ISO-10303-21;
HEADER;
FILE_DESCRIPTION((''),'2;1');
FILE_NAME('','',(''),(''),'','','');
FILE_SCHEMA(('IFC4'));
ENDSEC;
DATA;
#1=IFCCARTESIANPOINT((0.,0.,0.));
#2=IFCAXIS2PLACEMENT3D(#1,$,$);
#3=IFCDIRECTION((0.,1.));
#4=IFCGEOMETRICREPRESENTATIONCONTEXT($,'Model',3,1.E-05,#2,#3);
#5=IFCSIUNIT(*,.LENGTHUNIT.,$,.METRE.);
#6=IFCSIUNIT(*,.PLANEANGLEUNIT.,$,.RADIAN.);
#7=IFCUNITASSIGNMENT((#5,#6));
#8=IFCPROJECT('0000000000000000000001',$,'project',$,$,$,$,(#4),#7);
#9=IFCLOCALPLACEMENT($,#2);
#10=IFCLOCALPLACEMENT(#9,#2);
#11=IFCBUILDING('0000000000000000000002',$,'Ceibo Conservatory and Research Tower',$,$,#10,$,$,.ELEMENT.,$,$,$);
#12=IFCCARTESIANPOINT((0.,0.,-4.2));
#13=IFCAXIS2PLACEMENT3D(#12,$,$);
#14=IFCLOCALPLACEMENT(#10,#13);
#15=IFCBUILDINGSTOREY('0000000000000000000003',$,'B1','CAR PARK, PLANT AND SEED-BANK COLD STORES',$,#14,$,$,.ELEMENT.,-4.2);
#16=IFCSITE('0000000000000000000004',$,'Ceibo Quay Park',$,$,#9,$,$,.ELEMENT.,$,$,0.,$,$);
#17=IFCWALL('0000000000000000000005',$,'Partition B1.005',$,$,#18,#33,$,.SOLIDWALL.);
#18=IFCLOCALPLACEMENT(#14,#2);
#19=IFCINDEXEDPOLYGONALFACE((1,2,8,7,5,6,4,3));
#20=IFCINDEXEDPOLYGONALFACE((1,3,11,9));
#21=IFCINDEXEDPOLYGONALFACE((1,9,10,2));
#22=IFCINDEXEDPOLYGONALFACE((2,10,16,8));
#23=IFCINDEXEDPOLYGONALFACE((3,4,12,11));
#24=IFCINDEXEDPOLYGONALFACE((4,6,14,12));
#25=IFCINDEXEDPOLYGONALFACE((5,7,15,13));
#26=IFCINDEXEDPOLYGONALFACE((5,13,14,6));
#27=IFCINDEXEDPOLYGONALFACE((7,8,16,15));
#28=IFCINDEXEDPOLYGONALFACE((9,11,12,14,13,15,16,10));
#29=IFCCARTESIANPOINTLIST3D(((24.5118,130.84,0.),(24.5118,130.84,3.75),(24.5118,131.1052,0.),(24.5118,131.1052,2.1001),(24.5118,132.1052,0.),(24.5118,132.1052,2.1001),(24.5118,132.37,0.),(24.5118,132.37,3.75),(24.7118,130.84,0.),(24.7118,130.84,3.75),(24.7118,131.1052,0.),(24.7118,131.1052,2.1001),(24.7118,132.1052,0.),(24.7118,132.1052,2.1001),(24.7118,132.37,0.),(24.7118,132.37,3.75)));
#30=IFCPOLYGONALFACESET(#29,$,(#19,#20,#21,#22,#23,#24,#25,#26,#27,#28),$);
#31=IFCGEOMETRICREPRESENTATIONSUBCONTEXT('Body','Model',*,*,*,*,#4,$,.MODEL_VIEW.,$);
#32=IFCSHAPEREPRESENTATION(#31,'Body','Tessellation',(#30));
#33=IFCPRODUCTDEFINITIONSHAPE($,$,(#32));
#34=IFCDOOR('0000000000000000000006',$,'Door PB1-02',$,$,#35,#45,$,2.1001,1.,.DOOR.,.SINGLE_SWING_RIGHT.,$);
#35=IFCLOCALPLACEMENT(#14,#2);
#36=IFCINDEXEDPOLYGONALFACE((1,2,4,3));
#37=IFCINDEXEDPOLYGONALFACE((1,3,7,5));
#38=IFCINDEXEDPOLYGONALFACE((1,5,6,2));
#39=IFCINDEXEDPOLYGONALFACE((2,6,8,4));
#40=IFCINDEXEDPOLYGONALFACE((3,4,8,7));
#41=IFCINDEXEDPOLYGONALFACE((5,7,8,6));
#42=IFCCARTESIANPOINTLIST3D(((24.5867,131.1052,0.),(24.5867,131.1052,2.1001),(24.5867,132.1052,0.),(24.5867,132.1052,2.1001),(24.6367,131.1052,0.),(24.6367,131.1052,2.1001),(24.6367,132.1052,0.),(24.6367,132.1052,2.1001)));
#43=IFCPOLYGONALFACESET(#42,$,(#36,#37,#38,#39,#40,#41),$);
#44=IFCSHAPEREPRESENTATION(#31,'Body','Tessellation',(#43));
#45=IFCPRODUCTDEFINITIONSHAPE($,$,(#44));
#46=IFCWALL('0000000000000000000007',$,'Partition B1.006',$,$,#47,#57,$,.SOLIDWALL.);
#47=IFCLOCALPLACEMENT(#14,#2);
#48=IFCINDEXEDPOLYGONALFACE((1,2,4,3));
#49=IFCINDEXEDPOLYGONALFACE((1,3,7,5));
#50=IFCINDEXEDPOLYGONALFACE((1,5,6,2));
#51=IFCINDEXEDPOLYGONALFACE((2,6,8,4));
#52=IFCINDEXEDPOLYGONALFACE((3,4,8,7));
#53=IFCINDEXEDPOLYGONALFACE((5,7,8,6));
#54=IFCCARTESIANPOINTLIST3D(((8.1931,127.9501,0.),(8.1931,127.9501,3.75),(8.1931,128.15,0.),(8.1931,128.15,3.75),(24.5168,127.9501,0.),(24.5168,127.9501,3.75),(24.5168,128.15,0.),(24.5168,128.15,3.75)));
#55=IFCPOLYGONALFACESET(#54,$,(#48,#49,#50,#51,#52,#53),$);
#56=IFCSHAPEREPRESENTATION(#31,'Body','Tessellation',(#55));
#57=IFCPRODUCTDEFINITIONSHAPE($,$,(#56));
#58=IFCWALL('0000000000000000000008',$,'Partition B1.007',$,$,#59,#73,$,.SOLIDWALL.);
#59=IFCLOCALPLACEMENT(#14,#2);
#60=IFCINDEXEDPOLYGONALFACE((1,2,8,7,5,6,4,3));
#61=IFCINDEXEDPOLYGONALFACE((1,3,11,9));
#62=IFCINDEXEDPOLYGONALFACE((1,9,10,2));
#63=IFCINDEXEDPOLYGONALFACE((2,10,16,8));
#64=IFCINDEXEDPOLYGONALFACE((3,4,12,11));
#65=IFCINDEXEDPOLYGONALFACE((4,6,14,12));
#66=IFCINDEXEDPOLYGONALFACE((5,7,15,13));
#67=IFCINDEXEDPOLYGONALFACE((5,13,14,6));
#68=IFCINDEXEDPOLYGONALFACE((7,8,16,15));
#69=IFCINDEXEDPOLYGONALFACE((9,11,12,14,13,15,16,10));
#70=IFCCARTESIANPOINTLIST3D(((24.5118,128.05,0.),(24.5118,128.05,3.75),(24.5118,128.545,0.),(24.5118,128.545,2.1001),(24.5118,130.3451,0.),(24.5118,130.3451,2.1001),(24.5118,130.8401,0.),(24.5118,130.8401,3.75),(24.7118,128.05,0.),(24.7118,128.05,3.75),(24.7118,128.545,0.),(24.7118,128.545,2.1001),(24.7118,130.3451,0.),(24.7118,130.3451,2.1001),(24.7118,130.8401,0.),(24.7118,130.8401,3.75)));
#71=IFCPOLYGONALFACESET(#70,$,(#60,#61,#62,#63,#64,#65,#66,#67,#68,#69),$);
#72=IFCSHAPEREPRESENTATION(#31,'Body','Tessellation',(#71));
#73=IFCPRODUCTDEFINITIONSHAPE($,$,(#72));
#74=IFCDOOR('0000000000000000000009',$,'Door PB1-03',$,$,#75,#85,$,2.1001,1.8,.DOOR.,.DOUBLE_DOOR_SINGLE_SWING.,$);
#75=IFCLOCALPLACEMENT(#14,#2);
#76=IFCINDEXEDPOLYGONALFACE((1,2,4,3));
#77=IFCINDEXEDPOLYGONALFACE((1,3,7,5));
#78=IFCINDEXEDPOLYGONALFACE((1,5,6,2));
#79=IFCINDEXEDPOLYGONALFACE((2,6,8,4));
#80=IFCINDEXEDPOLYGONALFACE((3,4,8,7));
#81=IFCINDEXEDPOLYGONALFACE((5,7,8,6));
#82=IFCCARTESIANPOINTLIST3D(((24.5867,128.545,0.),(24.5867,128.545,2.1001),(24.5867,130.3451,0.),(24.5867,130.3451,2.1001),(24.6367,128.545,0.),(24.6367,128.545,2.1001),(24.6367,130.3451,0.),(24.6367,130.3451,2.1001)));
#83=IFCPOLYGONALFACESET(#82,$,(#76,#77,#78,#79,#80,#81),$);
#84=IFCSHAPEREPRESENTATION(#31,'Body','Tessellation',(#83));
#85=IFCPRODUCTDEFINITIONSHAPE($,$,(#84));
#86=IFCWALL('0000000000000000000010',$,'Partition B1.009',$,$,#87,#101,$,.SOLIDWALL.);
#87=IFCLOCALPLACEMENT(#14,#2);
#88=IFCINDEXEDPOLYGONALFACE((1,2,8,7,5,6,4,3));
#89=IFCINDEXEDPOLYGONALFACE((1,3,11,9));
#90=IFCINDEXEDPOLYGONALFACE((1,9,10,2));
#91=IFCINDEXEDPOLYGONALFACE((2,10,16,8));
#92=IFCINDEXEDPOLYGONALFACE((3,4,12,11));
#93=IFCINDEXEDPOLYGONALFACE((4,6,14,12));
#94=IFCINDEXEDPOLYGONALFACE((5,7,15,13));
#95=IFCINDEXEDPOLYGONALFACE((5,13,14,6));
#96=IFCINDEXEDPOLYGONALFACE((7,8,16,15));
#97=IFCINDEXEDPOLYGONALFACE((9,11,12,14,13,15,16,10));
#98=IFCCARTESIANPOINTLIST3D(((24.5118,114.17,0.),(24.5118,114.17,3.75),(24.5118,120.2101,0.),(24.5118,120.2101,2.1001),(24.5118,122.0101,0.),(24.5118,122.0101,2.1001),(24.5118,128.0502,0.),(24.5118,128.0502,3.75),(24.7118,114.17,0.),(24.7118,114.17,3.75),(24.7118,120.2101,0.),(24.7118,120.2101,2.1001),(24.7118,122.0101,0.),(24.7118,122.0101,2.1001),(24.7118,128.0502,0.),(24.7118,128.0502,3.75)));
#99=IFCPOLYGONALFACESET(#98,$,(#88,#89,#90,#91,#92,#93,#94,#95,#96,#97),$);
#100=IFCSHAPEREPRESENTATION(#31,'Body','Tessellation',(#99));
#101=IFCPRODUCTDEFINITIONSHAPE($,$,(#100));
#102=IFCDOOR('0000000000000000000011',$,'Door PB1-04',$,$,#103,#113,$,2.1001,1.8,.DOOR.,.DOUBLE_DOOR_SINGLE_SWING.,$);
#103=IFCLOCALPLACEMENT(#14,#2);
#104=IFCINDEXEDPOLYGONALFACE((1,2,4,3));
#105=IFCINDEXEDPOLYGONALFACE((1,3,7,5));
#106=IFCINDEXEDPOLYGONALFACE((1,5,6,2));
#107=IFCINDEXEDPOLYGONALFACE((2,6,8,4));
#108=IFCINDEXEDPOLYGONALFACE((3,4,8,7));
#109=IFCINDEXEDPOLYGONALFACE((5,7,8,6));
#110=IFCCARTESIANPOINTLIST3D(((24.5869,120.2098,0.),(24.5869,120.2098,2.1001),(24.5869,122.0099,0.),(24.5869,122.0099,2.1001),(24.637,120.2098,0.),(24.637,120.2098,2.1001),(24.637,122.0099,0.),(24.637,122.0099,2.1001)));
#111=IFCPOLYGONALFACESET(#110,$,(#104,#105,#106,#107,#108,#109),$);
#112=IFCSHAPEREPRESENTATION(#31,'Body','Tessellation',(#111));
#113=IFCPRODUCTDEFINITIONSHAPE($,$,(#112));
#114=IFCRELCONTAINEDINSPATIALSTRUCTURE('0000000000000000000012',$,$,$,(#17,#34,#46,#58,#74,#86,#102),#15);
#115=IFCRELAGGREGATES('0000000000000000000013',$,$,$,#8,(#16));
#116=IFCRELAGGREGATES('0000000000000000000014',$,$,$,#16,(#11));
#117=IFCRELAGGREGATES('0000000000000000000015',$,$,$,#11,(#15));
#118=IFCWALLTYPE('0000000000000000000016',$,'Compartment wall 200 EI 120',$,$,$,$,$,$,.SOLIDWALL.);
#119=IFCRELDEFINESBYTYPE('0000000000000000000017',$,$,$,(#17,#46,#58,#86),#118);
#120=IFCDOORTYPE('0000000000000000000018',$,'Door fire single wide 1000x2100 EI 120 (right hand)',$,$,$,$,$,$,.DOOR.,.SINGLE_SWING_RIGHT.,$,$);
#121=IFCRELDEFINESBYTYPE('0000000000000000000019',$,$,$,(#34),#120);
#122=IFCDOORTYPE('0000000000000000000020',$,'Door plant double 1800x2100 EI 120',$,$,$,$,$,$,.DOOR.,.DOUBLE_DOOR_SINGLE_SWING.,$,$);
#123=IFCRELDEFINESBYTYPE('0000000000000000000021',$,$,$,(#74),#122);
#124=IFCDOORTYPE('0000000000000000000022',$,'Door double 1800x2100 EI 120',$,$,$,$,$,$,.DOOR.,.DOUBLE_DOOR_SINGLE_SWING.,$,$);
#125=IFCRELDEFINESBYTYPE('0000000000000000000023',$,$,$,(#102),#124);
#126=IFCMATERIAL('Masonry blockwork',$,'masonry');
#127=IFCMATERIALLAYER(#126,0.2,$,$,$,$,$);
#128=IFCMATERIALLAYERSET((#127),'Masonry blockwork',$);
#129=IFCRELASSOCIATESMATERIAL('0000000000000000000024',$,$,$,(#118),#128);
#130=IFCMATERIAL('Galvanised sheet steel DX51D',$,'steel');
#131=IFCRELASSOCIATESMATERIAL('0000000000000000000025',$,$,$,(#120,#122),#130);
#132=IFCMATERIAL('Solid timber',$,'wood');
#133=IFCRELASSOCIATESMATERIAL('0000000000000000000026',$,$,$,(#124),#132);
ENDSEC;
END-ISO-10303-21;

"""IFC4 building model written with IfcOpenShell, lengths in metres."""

from ifc_helpers import new_model, si_unit, direction, frame, frame_2d, origin, place, context, subcontext, project, spatial, rectangle, extrude, material, layer, layer_set, type_object, element, fill, save


model = new_model("IFC4")

# Units and contexts
model_context = context("Model", 3, precision=1e-05, world=origin(), true_north=direction((0.0, 1.0)))
body_context = subcontext(model_context, "Body", "Model", "MODEL_VIEW")
ifc_project = project(units=[si_unit("LENGTHUNIT", "METRE"), si_unit("PLANEANGLEUNIT", "RADIAN")], contexts=[model_context])

# Site, building, storey
site_placement = place(None, origin())
site = spatial("IfcSite", under=ifc_project, at=site_placement, Name="Ceibo Quay Park", CompositionType="ELEMENT", RefElevation=0.0)
building_placement = place(site_placement, origin())
building = spatial("IfcBuilding", under=site, at=building_placement, Name="Ceibo Conservatory and Research Tower", CompositionType="ELEMENT")
storey_placement = place(building_placement, frame((0.0, 0.0, -4.2)))
storey = spatial("IfcBuildingStorey", under=building, at=storey_placement, Name="B1", Description="CAR PARK, PLANT AND SEED-BANK COLD STORES", CompositionType="ELEMENT", Elevation=-4.2)

# Shared definitions
ifc_material_1 = material(Name="Masonry blockwork", Category="masonry")
ifc_layer_1 = layer(ifc_material_1, 0.2)
ifc_layer_set_1 = layer_set([ifc_layer_1], Name="Masonry blockwork")
wall_type = type_object("IfcWallType", Name="Compartment wall 200 EI 120", PredefinedType="SOLIDWALL", material=ifc_layer_set_1)

# Wall, opening, door
wall_1_placement = place(storey_placement, frame((24.6118, 132.3701, 0.0), z_axis=(0.0, 0.0, 1.0), x_axis=(0.0, -1.0, 0.0)))
wall_1 = element("IfcWall", 1, at=wall_1_placement, inside=storey, type_object=wall_type, Name="Partition B1.005", PredefinedType="SOLIDWALL", context=body_context, shape_type="SweptSolid", body=[
    extrude(rectangle(XDim=1.53, YDim=0.2, at=frame_2d((0.7651, 0.0))), origin(), (0.0, 0.0, 1.0), 3.75),
])
opening_1_placement = place(wall_1_placement, frame((0.2649, 0.0, 0.0)))
opening_1 = element("IfcOpeningElement", 2, at=opening_1_placement, cuts=wall_1, PredefinedType="OPENING", context=body_context, shape_type="SweptSolid", body=[
    extrude(rectangle(XDim=1.0, YDim=2.1001, at=frame_2d((0.5, 1.05))), frame((0.0, 0.1099, 0.0), z_axis=(0.0, -1.0, 0.0), x_axis=(1.0, 0.0, 0.0)), (0.0, 0.0, 1.0), 0.22),
])
ifc_material_2 = material(Name="Galvanised sheet steel DX51D", Category="steel")
door_type_1 = type_object("IfcDoorType", Name="Door fire single wide 1000x2100 EI 120 (right hand)", OperationType="SINGLE_SWING_RIGHT", PredefinedType="DOOR", material=ifc_material_2)
door_1_placement = place(opening_1_placement, origin())
door_1 = element("IfcDoor", 3, at=door_1_placement, inside=storey, type_object=door_type_1, Name="Door PB1-02", OperationType="SINGLE_SWING_RIGHT", OverallHeight=2.1001, OverallWidth=1.0, PredefinedType="DOOR", context=body_context, shape_type="SweptSolid", body=[
    extrude(rectangle(XDim=1.0, YDim=2.1001, at=frame_2d((0.5, 1.05))), frame((0.0, 0.0249, 0.0), z_axis=(0.0, -1.0, 0.0), x_axis=(1.0, 0.0, 0.0)), (0.0, 0.0, 1.0), 0.05),
])
fill(opening_1, door_1)

# Wall
wall_2_placement = place(storey_placement, frame((24.5168, 128.05, 0.0), z_axis=(0.0, 0.0, 1.0), x_axis=(-1.0, 0.0, 0.0)))
element("IfcWall", 4, at=wall_2_placement, inside=storey, type_object=wall_type, Name="Partition B1.006", PredefinedType="SOLIDWALL", context=body_context, shape_type="SweptSolid", body=[
    extrude(rectangle(XDim=16.3237, YDim=0.2, at=frame_2d((8.1619, 0.0))), origin(), (0.0, 0.0, 1.0), 3.75),
])

# Walls, openings, doors
wall_3_placement = place(storey_placement, frame((24.6118, 130.8401, 0.0), z_axis=(0.0, 0.0, 1.0), x_axis=(0.0, -1.0, 0.0)))
wall_3 = element("IfcWall", 5, at=wall_3_placement, inside=storey, type_object=wall_type, Name="Partition B1.007", PredefinedType="SOLIDWALL", context=body_context, shape_type="SweptSolid", body=[
    extrude(rectangle(XDim=2.79, YDim=0.2, at=frame_2d((1.395, 0.0))), origin(), (0.0, 0.0, 1.0), 3.75),
])
opening_2_placement = place(wall_3_placement, frame((0.4951, 0.0, 0.0)))
opening_2 = element("IfcOpeningElement", 6, at=opening_2_placement, cuts=wall_3, PredefinedType="OPENING", context=body_context, shape_type="SweptSolid", body=[
    extrude(rectangle(XDim=1.8, YDim=2.1001, at=frame_2d((0.8999, 1.05))), frame((0.0, 0.1099, 0.0), z_axis=(0.0, -1.0, 0.0), x_axis=(1.0, 0.0, 0.0)), (0.0, 0.0, 1.0), 0.22),
])
door_type_2 = type_object("IfcDoorType", Name="Door plant double 1800x2100 EI 120", OperationType="DOUBLE_DOOR_SINGLE_SWING", PredefinedType="DOOR", material=ifc_material_2)
door_2_placement = place(opening_2_placement, origin())
door_2 = element("IfcDoor", 7, at=door_2_placement, inside=storey, type_object=door_type_2, Name="Door PB1-03", OperationType="DOUBLE_DOOR_SINGLE_SWING", OverallHeight=2.1001, OverallWidth=1.8, PredefinedType="DOOR", context=body_context, shape_type="SweptSolid", body=[
    extrude(rectangle(XDim=1.8, YDim=2.1001, at=frame_2d((0.8999, 1.05))), frame((0.0, 0.0249, 0.0), z_axis=(0.0, -1.0, 0.0), x_axis=(1.0, 0.0, 0.0)), (0.0, 0.0, 1.0), 0.05),
])
fill(opening_2, door_2)
wall_4_placement = place(storey_placement, frame((24.6118, 128.05, 0.0), z_axis=(0.0, 0.0, 1.0), x_axis=(0.0, -1.0, 0.0)))
wall_4 = element("IfcWall", 8, at=wall_4_placement, inside=storey, type_object=wall_type, Name="Partition B1.009", PredefinedType="SOLIDWALL", context=body_context, shape_type="SweptSolid", body=[
    extrude(rectangle(XDim=13.8801, YDim=0.2, at=frame_2d((6.9399, 0.0))), origin(), (0.0, 0.0, 1.0), 3.75),
])
opening_3_placement = place(wall_4_placement, frame((6.04, 0.0, 0.0)))
opening_3 = element("IfcOpeningElement", 9, at=opening_3_placement, cuts=wall_4, PredefinedType="OPENING", context=body_context, shape_type="SweptSolid", body=[
    extrude(rectangle(XDim=1.8, YDim=2.1001, at=frame_2d((0.8999, 1.05))), frame((0.0, 0.1099, 0.0), z_axis=(0.0, -1.0, 0.0), x_axis=(1.0, 0.0, 0.0)), (0.0, 0.0, 1.0), 0.22),
])
ifc_material_3 = material(Name="Solid timber", Category="wood")
door_type_3 = type_object("IfcDoorType", Name="Door double 1800x2100 EI 120", OperationType="DOUBLE_DOOR_SINGLE_SWING", PredefinedType="DOOR", material=ifc_material_3)
door_3_placement = place(opening_3_placement, frame((1.8, 0.0, 0.0), z_axis=(0.0, 0.0, 1.0), x_axis=(-1.0, 0.0, 0.0)))
door_3 = element("IfcDoor", 10, at=door_3_placement, inside=storey, type_object=door_type_3, Name="Door PB1-04", OperationType="DOUBLE_DOOR_SINGLE_SWING", OverallHeight=2.1001, OverallWidth=1.8, PredefinedType="DOOR", context=body_context, shape_type="SweptSolid", body=[
    extrude(rectangle(XDim=1.8, YDim=2.1001, at=frame_2d((0.8999, 1.05))), frame((0.0, 0.0249, 0.0), z_axis=(0.0, -1.0, 0.0), x_axis=(1.0, 0.0, 0.0)), (0.0, 0.0, 1.0), 0.05),
])
fill(opening_3, door_3)

save(model, "model.ifc")
